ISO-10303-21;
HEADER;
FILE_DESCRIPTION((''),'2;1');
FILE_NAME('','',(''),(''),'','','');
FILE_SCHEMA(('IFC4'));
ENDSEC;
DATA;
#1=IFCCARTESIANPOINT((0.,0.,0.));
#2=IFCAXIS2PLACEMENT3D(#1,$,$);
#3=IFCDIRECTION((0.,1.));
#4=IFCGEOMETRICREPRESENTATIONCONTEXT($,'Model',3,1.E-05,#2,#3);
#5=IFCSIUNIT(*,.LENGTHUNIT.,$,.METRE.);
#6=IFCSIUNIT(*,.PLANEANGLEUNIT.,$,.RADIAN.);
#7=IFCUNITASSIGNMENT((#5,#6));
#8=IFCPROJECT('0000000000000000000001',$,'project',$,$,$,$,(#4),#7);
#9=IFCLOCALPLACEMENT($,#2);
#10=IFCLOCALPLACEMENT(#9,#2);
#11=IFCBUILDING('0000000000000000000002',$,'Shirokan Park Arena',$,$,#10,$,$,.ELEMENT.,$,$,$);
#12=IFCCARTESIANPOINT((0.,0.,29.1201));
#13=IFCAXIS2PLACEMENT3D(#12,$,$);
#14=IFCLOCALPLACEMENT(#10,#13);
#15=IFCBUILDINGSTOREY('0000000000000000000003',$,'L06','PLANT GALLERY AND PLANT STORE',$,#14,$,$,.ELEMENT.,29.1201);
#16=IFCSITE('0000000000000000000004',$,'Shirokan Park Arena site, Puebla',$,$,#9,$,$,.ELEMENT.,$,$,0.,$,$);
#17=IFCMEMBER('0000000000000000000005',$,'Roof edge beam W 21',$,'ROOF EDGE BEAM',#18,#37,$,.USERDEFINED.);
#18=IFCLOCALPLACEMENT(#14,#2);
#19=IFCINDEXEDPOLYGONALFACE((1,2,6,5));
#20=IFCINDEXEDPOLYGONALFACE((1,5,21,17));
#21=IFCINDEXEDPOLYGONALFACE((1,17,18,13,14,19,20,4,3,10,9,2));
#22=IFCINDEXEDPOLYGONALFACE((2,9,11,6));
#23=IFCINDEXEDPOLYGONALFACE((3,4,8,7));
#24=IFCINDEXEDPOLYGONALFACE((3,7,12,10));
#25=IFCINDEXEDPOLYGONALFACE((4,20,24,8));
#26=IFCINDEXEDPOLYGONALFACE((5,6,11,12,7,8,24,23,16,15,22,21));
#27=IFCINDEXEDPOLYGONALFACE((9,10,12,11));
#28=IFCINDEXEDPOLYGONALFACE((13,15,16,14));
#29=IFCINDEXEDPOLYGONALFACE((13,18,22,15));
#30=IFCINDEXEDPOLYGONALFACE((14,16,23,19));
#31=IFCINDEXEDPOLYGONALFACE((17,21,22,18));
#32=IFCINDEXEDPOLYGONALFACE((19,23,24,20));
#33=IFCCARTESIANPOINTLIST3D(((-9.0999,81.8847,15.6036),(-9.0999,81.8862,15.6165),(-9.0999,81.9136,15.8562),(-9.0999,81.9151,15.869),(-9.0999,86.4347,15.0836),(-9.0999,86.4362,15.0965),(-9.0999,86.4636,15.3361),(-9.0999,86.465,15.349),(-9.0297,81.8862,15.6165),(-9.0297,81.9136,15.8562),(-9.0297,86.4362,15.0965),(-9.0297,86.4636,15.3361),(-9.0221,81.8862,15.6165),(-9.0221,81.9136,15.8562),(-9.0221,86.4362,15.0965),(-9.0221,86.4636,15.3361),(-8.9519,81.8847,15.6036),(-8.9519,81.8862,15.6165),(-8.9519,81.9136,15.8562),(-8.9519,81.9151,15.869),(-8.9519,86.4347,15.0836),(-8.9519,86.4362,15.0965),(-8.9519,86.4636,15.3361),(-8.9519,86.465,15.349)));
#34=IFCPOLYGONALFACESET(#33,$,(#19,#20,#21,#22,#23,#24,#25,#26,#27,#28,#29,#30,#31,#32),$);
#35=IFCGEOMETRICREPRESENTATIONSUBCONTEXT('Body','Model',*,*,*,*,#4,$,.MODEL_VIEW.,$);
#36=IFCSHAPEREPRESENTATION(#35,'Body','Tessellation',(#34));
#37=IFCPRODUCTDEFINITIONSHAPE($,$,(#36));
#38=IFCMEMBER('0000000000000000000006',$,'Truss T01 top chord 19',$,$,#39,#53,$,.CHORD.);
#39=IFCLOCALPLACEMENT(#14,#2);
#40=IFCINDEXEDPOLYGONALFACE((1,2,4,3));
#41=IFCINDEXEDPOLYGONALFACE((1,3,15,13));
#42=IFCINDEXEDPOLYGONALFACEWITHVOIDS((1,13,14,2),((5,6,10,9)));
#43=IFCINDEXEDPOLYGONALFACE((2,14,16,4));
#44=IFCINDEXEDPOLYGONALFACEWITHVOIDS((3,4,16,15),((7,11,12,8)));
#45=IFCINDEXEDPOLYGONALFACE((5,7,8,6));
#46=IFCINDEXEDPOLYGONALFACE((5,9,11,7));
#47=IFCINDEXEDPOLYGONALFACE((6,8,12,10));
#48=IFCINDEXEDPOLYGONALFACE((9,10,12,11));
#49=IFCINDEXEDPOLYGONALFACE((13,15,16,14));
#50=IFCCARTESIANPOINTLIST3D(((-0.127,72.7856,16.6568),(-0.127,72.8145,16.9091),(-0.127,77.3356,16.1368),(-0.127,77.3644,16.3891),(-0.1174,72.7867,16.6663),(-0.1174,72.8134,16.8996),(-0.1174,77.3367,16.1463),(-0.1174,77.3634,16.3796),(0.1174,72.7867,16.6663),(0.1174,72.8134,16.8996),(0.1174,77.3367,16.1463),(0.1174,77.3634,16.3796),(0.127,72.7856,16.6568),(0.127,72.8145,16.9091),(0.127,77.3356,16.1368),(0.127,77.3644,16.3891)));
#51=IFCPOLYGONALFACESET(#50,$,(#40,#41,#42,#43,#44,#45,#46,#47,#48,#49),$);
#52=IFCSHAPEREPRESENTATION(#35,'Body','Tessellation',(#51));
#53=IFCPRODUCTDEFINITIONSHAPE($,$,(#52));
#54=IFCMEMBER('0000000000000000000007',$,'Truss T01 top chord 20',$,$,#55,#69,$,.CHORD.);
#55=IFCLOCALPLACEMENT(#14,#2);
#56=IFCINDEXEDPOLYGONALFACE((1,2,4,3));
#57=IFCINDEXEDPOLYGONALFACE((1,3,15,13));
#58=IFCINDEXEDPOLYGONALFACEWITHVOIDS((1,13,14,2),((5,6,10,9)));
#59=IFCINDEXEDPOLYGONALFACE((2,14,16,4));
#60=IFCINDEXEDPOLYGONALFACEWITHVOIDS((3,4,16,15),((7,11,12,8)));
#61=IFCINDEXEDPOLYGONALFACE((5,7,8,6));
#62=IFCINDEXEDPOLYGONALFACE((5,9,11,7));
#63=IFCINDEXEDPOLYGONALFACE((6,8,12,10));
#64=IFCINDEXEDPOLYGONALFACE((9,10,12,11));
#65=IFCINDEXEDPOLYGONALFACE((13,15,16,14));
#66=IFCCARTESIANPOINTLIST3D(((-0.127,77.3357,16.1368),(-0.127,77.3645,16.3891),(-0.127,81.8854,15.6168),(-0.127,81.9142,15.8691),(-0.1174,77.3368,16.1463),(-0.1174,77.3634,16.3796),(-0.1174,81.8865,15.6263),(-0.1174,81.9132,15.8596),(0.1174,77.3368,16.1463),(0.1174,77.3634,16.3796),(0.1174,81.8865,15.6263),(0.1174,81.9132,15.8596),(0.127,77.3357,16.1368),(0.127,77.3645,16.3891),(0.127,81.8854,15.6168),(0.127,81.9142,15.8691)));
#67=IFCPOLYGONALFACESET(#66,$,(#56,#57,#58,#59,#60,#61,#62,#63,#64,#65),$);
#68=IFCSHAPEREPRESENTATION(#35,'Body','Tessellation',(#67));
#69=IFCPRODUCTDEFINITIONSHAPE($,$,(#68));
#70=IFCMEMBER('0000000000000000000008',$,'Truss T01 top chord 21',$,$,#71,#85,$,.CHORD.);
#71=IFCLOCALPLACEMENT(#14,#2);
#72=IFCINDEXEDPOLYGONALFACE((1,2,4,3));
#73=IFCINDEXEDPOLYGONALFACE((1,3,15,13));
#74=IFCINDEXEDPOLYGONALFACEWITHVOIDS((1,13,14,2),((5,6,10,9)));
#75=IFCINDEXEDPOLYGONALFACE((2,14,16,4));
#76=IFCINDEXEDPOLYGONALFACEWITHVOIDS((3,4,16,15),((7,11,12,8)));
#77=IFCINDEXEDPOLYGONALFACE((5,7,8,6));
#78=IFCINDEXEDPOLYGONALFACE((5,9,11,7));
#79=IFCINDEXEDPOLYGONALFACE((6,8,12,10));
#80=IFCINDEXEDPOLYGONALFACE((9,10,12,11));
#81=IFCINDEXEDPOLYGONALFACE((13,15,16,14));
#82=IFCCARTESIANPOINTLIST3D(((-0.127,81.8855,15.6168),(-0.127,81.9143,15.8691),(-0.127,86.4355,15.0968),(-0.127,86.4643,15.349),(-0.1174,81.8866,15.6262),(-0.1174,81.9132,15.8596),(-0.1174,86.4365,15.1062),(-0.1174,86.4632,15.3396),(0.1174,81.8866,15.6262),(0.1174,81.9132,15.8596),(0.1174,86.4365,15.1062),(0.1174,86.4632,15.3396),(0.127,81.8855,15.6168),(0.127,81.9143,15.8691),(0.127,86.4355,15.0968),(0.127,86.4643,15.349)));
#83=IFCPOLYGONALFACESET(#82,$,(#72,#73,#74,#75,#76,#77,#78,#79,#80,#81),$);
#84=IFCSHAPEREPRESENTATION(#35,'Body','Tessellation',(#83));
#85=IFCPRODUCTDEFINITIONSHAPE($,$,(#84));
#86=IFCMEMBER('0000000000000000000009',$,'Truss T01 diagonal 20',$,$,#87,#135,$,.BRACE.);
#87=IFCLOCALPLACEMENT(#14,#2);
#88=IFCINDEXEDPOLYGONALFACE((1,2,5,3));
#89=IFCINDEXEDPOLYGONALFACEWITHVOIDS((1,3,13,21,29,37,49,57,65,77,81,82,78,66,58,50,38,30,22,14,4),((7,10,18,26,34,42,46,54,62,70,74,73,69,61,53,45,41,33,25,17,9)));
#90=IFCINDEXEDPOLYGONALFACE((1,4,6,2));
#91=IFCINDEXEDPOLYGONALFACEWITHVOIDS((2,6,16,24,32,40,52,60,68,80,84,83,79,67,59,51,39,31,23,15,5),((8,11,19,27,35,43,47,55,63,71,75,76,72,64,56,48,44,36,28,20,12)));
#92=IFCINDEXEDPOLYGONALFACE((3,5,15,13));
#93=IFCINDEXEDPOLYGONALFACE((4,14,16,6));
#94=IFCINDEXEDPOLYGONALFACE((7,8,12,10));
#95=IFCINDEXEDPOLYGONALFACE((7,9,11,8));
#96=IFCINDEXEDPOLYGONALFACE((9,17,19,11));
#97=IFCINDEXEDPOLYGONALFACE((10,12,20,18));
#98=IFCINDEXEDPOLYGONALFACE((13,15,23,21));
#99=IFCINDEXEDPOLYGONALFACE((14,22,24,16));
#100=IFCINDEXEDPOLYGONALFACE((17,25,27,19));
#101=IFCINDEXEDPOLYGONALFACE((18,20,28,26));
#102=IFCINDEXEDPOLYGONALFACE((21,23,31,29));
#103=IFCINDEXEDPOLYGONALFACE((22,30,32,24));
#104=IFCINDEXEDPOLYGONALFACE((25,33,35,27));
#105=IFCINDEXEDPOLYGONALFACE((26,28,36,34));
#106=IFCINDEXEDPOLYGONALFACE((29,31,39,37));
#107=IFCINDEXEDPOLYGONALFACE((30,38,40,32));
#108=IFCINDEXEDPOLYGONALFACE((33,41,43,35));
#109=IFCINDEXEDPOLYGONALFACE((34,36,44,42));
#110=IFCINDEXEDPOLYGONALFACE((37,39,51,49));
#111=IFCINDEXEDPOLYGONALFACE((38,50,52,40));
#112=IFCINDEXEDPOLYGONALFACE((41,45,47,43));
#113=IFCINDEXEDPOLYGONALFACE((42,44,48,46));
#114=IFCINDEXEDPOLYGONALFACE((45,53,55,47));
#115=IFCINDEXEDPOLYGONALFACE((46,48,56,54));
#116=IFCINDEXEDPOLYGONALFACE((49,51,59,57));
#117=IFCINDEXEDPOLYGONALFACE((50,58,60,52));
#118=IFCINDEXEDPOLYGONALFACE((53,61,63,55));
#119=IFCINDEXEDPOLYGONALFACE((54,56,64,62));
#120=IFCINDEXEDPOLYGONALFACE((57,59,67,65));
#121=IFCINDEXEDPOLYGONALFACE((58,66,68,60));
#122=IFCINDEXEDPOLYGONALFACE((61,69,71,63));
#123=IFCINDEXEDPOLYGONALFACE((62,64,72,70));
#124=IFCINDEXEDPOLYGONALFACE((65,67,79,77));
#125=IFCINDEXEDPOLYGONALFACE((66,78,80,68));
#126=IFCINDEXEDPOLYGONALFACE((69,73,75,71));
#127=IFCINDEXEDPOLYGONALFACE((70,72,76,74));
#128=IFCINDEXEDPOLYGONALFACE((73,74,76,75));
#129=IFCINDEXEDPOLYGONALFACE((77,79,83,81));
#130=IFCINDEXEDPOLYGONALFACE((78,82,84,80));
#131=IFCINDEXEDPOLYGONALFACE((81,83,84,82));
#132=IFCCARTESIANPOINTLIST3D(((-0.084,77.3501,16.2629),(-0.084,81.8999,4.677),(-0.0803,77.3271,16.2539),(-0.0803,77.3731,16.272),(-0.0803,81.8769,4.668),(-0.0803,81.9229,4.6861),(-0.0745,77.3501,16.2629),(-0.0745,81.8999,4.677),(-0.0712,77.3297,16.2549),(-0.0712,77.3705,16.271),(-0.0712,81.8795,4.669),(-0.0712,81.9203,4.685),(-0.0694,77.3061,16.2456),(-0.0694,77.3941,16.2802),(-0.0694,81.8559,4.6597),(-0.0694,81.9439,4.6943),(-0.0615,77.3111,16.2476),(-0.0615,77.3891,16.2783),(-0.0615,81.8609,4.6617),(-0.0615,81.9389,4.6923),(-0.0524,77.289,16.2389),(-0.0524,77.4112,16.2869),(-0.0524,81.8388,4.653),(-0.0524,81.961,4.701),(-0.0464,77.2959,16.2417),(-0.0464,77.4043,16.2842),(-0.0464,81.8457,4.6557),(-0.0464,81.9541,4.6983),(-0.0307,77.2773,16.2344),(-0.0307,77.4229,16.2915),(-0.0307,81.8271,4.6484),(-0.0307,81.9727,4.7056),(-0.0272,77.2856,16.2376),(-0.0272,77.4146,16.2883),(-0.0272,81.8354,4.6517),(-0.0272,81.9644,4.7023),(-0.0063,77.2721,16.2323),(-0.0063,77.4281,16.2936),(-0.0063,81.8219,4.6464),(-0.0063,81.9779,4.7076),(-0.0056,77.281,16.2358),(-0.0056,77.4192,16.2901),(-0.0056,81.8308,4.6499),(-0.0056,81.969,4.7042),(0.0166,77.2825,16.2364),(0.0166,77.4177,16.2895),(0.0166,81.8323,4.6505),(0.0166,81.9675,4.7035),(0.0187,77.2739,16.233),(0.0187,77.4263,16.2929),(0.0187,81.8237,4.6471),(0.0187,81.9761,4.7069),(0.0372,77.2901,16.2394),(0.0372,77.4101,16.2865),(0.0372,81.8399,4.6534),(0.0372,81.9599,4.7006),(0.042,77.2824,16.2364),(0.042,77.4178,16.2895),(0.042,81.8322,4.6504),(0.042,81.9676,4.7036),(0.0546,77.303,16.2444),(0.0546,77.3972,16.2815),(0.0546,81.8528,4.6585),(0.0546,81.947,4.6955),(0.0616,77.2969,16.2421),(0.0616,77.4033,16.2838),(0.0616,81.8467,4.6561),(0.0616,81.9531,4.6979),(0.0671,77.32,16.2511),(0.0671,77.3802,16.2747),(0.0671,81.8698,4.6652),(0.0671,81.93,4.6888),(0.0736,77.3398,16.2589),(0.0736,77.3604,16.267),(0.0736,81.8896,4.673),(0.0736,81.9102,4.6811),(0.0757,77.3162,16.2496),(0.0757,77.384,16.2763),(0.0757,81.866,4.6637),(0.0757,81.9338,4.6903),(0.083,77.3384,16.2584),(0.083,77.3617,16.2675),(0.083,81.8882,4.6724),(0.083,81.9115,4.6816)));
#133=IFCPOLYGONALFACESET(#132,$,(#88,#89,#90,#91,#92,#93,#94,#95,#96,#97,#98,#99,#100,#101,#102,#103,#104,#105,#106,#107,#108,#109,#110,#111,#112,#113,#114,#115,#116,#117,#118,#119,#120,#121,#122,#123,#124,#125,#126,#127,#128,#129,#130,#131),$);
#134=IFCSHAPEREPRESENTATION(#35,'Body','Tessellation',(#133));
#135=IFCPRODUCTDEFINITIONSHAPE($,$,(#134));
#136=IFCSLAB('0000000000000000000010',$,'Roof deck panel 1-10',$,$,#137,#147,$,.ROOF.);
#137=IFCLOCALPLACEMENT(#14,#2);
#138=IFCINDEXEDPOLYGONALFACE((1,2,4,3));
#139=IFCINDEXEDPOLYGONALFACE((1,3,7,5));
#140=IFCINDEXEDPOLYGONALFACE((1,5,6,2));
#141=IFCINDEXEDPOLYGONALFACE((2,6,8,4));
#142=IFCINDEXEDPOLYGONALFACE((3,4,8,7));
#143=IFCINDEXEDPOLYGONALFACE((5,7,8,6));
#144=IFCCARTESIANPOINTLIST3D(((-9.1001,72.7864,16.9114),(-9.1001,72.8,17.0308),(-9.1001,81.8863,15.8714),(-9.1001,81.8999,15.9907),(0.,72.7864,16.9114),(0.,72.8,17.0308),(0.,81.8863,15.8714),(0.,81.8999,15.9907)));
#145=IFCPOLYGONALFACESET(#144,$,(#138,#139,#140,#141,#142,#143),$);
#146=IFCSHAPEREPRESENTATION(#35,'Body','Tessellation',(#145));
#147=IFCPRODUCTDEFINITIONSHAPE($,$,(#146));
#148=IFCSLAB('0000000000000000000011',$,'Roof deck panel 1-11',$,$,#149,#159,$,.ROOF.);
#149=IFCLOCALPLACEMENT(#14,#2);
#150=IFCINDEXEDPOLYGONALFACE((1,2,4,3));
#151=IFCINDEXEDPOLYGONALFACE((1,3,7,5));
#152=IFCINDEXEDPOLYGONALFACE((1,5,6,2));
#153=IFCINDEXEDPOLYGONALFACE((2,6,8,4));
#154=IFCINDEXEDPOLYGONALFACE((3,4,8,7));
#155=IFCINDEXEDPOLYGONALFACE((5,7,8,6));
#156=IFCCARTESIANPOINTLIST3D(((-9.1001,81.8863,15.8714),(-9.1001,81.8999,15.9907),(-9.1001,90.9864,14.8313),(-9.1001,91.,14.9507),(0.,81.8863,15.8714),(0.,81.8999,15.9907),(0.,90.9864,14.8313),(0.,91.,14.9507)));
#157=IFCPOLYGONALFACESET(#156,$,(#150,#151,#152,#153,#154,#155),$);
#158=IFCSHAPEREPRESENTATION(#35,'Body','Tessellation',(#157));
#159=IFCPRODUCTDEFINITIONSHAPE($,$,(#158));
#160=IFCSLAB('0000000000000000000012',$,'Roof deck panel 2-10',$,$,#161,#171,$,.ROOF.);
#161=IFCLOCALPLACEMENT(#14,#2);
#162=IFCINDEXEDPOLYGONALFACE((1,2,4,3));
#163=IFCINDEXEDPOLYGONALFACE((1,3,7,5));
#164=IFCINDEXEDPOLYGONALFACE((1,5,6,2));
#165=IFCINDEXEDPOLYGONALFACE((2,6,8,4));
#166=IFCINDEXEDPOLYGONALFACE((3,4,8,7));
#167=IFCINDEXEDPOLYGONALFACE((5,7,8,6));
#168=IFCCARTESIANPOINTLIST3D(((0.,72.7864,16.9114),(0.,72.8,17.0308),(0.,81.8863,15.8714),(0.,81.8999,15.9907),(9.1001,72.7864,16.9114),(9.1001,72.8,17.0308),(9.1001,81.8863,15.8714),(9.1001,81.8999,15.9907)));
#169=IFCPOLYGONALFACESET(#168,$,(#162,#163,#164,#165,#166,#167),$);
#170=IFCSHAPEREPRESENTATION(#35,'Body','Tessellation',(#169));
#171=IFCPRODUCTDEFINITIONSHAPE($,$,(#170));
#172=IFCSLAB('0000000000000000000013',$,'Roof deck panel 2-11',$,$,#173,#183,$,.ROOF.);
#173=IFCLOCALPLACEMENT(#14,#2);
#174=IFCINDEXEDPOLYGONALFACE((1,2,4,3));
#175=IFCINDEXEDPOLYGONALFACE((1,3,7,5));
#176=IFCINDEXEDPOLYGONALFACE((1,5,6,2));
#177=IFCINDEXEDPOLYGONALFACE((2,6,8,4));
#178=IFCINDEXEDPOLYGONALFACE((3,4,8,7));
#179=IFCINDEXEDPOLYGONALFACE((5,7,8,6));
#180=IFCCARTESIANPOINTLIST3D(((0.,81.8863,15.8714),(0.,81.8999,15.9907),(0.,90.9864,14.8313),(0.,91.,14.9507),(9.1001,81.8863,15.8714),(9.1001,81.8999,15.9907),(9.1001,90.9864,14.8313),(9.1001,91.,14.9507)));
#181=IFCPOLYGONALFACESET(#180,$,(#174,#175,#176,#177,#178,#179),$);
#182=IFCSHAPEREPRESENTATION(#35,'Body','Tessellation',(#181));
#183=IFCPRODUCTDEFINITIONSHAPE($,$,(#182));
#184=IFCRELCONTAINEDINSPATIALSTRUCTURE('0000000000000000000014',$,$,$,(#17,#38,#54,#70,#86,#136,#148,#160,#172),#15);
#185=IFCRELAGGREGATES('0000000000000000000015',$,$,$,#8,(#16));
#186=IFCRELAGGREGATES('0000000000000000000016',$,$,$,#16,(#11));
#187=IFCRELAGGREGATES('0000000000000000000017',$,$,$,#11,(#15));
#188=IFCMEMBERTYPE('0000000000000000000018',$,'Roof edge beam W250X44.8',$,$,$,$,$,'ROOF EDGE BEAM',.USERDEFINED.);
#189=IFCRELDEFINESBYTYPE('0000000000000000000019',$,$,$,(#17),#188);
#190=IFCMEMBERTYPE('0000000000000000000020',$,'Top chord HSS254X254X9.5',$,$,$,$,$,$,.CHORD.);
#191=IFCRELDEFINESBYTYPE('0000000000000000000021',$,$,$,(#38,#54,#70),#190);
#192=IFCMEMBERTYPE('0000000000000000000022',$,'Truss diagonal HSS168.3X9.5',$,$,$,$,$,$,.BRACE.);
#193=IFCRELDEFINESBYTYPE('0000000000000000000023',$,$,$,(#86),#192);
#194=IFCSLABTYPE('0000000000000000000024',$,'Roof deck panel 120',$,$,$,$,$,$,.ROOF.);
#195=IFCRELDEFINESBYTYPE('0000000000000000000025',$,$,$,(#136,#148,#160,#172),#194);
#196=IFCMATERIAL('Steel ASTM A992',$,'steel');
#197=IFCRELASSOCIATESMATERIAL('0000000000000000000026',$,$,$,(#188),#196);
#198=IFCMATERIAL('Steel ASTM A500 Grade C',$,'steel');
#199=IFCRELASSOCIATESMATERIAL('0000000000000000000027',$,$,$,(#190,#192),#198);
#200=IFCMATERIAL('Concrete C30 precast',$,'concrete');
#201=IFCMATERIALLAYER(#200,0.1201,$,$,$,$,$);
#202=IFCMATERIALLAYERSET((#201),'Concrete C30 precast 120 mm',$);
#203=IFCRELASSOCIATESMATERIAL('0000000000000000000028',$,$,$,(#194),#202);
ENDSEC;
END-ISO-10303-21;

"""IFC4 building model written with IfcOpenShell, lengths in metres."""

from ifc_helpers import new_model, si_unit, direction, frame, origin, origin_2d, place, context, subcontext, project, spatial, polyline, hollow_rectangle, hollow_circle, i_section, outline, extrude, material, layer, layer_set, material_profile, profile_set, type_object, element, save


model = new_model("IFC4")

# Units and contexts
model_context = context("Model", 3, precision=1e-05, world=origin(), true_north=direction((0.0, 1.0)))
body_context = subcontext(model_context, "Body", "Model", "MODEL_VIEW")
ifc_project = project(units=[si_unit("LENGTHUNIT", "METRE"), si_unit("PLANEANGLEUNIT", "RADIAN")], contexts=[model_context])

# Site, building, storey
site_placement = place(None, origin())
site = spatial("IfcSite", under=ifc_project, at=site_placement, Name="Shirokan Park Arena site, Puebla", CompositionType="ELEMENT", RefElevation=0.0)
building_placement = place(site_placement, origin())
building = spatial("IfcBuilding", under=site, at=building_placement, Name="Shirokan Park Arena", CompositionType="ELEMENT")
storey_placement = place(building_placement, frame((0.0, 0.0, 29.1201)))
storey = spatial("IfcBuildingStorey", under=building, at=storey_placement, Name="L06", Description="PLANT GALLERY AND PLANT STORE", CompositionType="ELEMENT", Elevation=29.1201)

# Members
ifc_material_1 = material(Name="Steel ASTM A992", Category="steel")
ifc_material_profile_1 = material_profile(ifc_material_1, i_section(OverallWidth=0.1479, OverallDepth=0.2671, WebThickness=0.0076, FlangeThickness=0.0129, at=origin_2d()), Name="W250X44.8")
ifc_profile_set_1 = profile_set([ifc_material_profile_1], Name="Steel ASTM A992")
member_type_1 = type_object("IfcMemberType", Name="Roof edge beam W250X44.8", ElementType="ROOF EDGE BEAM", PredefinedType="USERDEFINED", material=ifc_profile_set_1)
member_1_placement = place(storey_placement, frame((-9.0259, 81.8999, 15.7363), z_axis=(0.0, 0.993532, -0.11355), x_axis=(-1.0, 0.0, 0.0)))
element("IfcMember", 1, at=member_1_placement, inside=storey, type_object=member_type_1, Name="Roof edge beam W 21", ObjectType="ROOF EDGE BEAM", PredefinedType="USERDEFINED", context=body_context, shape_type="SweptSolid", body=[
    extrude(i_section(OverallWidth=0.1479, OverallDepth=0.2671, WebThickness=0.0076, FlangeThickness=0.0129, at=origin_2d()), origin(), (0.0, 0.0, 1.0), 4.5796),
])
ifc_material_2 = material(Name="Steel ASTM A500 Grade C", Category="steel")
ifc_material_profile_2 = material_profile(ifc_material_2, hollow_rectangle(XDim=0.2539, YDim=0.2539, WallThickness=0.0095, at=origin_2d()), Name="HSS254X254X9.5")
ifc_profile_set_2 = profile_set([ifc_material_profile_2], Name="Steel ASTM A500 Grade C")
member_type_2 = type_object("IfcMemberType", Name="Top chord HSS254X254X9.5", PredefinedType="CHORD", material=ifc_profile_set_2)
member_2_placement = place(storey_placement, frame((0.0, 72.8, 16.783), z_axis=(0.0, 0.993532, -0.11355), x_axis=(-1.0, 0.0, 0.0)))
element("IfcMember", 2, at=member_2_placement, inside=storey, type_object=member_type_2, Name="Truss T01 top chord 19", PredefinedType="CHORD", context=body_context, shape_type="SweptSolid", body=[
    extrude(hollow_rectangle(XDim=0.2539, YDim=0.2539, WallThickness=0.0095, at=origin_2d()), origin(), (0.0, 0.0, 1.0), 4.5796),
])
member_3_placement = place(storey_placement, frame((0.0, 77.3501, 16.2629), z_axis=(0.0, 0.993532, -0.113556), x_axis=(-1.0, 0.0, 0.0)))
element("IfcMember", 3, at=member_3_placement, inside=storey, type_object=member_type_2, Name="Truss T01 top chord 20", PredefinedType="CHORD", context=body_context, shape_type="SweptSolid", body=[
    extrude(hollow_rectangle(XDim=0.2539, YDim=0.2539, WallThickness=0.0095, at=origin_2d()), origin(), (0.0, 0.0, 1.0), 4.5793),
])
member_4_placement = place(storey_placement, frame((0.0, 81.8999, 15.7429), z_axis=(0.0, 0.993532, -0.11355), x_axis=(-1.0, 0.0, 0.0)))
element("IfcMember", 4, at=member_4_placement, inside=storey, type_object=member_type_2, Name="Truss T01 top chord 21", PredefinedType="CHORD", context=body_context, shape_type="SweptSolid", body=[
    extrude(hollow_rectangle(XDim=0.2539, YDim=0.2539, WallThickness=0.0095, at=origin_2d()), origin(), (0.0, 0.0, 1.0), 4.5796),
])
ifc_material_profile_3 = material_profile(ifc_material_2, hollow_circle(Radius=0.084, WallThickness=0.0095, at=origin_2d()), Name="HSS168.3X9.5")
ifc_profile_set_3 = profile_set([ifc_material_profile_3], Name="Steel ASTM A500 Grade C")
member_type_3 = type_object("IfcMemberType", Name="Truss diagonal HSS168.3X9.5", PredefinedType="BRACE", material=ifc_profile_set_3)
member_5_placement = place(storey_placement, frame((0.0, 77.3501, 16.2629), z_axis=(0.0, 0.365526, -0.930801), x_axis=(-1.0, 0.0, 0.0)))
element("IfcMember", 5, at=member_5_placement, inside=storey, type_object=member_type_3, Name="Truss T01 diagonal 20", PredefinedType="BRACE", context=body_context, shape_type="SweptSolid", body=[
    extrude(hollow_circle(Radius=0.084, WallThickness=0.0095, at=origin_2d()), origin(), (0.0, 0.0, 1.0), 12.4473),
])

# Slabs
ifc_material_3 = material(Name="Concrete C30 precast", Category="concrete")
ifc_layer_1 = layer(ifc_material_3, 0.1201)
ifc_layer_set_1 = layer_set([ifc_layer_1], Name="Concrete C30 precast 120 mm")
slab_type = type_object("IfcSlabType", Name="Roof deck panel 120", PredefinedType="ROOF", material=ifc_layer_set_1)
slab_1_placement = place(storey_placement, frame((-9.1001, 72.8, 17.0308), z_axis=(0.0, 0.113553, 0.993532), x_axis=(1.0, 0.0, 0.0)))
element("IfcSlab", 6, at=slab_1_placement, inside=storey, type_object=slab_type, Name="Roof deck panel 1-10", PredefinedType="ROOF", context=body_context, shape_type="SweptSolid", body=[
    extrude(outline(polyline([(0.0, 0.0), (9.1001, 0.0), (9.1001, 9.1591), (0.0, 9.1591), (0.0, 0.0)])), origin(), (0.0, 0.0, -1.0), 0.1201),
])
slab_2_placement = place(storey_placement, frame((-9.1001, 81.8999, 15.9907), z_axis=(0.0, 0.11355, 0.993532), x_axis=(1.0, 0.0, 0.0)))
element("IfcSlab", 7, at=slab_2_placement, inside=storey, type_object=slab_type, Name="Roof deck panel 1-11", PredefinedType="ROOF", context=body_context, shape_type="SweptSolid", body=[
    extrude(outline(polyline([(0.0, 0.0), (9.1001, 0.0), (9.1001, 9.1593), (0.0, 9.1593), (0.0, 0.0)])), origin(), (0.0, 0.0, -1.0), 0.1201),
])
slab_3_placement = place(storey_placement, frame((0.0, 72.8, 17.0308), z_axis=(0.0, 0.113553, 0.993532), x_axis=(1.0, 0.0, 0.0)))
element("IfcSlab", 8, at=slab_3_placement, inside=storey, type_object=slab_type, Name="Roof deck panel 2-10", PredefinedType="ROOF", context=body_context, shape_type="SweptSolid", body=[
    extrude(outline(polyline([(0.0, 0.0), (9.1001, 0.0), (9.1001, 9.1591), (0.0, 9.1591), (0.0, 0.0)])), origin(), (0.0, 0.0, -1.0), 0.1201),
])
slab_4_placement = place(storey_placement, frame((0.0, 81.8999, 15.9907), z_axis=(0.0, 0.11355, 0.993532), x_axis=(1.0, 0.0, 0.0)))
element("IfcSlab", 9, at=slab_4_placement, inside=storey, type_object=slab_type, Name="Roof deck panel 2-11", PredefinedType="ROOF", context=body_context, shape_type="SweptSolid", body=[
    extrude(outline(polyline([(0.0, 0.0), (9.1001, 0.0), (9.1001, 9.1593), (0.0, 9.1593), (0.0, 0.0)])), origin(), (0.0, 0.0, -1.0), 0.1201),
])

save(model, "model.ifc")
